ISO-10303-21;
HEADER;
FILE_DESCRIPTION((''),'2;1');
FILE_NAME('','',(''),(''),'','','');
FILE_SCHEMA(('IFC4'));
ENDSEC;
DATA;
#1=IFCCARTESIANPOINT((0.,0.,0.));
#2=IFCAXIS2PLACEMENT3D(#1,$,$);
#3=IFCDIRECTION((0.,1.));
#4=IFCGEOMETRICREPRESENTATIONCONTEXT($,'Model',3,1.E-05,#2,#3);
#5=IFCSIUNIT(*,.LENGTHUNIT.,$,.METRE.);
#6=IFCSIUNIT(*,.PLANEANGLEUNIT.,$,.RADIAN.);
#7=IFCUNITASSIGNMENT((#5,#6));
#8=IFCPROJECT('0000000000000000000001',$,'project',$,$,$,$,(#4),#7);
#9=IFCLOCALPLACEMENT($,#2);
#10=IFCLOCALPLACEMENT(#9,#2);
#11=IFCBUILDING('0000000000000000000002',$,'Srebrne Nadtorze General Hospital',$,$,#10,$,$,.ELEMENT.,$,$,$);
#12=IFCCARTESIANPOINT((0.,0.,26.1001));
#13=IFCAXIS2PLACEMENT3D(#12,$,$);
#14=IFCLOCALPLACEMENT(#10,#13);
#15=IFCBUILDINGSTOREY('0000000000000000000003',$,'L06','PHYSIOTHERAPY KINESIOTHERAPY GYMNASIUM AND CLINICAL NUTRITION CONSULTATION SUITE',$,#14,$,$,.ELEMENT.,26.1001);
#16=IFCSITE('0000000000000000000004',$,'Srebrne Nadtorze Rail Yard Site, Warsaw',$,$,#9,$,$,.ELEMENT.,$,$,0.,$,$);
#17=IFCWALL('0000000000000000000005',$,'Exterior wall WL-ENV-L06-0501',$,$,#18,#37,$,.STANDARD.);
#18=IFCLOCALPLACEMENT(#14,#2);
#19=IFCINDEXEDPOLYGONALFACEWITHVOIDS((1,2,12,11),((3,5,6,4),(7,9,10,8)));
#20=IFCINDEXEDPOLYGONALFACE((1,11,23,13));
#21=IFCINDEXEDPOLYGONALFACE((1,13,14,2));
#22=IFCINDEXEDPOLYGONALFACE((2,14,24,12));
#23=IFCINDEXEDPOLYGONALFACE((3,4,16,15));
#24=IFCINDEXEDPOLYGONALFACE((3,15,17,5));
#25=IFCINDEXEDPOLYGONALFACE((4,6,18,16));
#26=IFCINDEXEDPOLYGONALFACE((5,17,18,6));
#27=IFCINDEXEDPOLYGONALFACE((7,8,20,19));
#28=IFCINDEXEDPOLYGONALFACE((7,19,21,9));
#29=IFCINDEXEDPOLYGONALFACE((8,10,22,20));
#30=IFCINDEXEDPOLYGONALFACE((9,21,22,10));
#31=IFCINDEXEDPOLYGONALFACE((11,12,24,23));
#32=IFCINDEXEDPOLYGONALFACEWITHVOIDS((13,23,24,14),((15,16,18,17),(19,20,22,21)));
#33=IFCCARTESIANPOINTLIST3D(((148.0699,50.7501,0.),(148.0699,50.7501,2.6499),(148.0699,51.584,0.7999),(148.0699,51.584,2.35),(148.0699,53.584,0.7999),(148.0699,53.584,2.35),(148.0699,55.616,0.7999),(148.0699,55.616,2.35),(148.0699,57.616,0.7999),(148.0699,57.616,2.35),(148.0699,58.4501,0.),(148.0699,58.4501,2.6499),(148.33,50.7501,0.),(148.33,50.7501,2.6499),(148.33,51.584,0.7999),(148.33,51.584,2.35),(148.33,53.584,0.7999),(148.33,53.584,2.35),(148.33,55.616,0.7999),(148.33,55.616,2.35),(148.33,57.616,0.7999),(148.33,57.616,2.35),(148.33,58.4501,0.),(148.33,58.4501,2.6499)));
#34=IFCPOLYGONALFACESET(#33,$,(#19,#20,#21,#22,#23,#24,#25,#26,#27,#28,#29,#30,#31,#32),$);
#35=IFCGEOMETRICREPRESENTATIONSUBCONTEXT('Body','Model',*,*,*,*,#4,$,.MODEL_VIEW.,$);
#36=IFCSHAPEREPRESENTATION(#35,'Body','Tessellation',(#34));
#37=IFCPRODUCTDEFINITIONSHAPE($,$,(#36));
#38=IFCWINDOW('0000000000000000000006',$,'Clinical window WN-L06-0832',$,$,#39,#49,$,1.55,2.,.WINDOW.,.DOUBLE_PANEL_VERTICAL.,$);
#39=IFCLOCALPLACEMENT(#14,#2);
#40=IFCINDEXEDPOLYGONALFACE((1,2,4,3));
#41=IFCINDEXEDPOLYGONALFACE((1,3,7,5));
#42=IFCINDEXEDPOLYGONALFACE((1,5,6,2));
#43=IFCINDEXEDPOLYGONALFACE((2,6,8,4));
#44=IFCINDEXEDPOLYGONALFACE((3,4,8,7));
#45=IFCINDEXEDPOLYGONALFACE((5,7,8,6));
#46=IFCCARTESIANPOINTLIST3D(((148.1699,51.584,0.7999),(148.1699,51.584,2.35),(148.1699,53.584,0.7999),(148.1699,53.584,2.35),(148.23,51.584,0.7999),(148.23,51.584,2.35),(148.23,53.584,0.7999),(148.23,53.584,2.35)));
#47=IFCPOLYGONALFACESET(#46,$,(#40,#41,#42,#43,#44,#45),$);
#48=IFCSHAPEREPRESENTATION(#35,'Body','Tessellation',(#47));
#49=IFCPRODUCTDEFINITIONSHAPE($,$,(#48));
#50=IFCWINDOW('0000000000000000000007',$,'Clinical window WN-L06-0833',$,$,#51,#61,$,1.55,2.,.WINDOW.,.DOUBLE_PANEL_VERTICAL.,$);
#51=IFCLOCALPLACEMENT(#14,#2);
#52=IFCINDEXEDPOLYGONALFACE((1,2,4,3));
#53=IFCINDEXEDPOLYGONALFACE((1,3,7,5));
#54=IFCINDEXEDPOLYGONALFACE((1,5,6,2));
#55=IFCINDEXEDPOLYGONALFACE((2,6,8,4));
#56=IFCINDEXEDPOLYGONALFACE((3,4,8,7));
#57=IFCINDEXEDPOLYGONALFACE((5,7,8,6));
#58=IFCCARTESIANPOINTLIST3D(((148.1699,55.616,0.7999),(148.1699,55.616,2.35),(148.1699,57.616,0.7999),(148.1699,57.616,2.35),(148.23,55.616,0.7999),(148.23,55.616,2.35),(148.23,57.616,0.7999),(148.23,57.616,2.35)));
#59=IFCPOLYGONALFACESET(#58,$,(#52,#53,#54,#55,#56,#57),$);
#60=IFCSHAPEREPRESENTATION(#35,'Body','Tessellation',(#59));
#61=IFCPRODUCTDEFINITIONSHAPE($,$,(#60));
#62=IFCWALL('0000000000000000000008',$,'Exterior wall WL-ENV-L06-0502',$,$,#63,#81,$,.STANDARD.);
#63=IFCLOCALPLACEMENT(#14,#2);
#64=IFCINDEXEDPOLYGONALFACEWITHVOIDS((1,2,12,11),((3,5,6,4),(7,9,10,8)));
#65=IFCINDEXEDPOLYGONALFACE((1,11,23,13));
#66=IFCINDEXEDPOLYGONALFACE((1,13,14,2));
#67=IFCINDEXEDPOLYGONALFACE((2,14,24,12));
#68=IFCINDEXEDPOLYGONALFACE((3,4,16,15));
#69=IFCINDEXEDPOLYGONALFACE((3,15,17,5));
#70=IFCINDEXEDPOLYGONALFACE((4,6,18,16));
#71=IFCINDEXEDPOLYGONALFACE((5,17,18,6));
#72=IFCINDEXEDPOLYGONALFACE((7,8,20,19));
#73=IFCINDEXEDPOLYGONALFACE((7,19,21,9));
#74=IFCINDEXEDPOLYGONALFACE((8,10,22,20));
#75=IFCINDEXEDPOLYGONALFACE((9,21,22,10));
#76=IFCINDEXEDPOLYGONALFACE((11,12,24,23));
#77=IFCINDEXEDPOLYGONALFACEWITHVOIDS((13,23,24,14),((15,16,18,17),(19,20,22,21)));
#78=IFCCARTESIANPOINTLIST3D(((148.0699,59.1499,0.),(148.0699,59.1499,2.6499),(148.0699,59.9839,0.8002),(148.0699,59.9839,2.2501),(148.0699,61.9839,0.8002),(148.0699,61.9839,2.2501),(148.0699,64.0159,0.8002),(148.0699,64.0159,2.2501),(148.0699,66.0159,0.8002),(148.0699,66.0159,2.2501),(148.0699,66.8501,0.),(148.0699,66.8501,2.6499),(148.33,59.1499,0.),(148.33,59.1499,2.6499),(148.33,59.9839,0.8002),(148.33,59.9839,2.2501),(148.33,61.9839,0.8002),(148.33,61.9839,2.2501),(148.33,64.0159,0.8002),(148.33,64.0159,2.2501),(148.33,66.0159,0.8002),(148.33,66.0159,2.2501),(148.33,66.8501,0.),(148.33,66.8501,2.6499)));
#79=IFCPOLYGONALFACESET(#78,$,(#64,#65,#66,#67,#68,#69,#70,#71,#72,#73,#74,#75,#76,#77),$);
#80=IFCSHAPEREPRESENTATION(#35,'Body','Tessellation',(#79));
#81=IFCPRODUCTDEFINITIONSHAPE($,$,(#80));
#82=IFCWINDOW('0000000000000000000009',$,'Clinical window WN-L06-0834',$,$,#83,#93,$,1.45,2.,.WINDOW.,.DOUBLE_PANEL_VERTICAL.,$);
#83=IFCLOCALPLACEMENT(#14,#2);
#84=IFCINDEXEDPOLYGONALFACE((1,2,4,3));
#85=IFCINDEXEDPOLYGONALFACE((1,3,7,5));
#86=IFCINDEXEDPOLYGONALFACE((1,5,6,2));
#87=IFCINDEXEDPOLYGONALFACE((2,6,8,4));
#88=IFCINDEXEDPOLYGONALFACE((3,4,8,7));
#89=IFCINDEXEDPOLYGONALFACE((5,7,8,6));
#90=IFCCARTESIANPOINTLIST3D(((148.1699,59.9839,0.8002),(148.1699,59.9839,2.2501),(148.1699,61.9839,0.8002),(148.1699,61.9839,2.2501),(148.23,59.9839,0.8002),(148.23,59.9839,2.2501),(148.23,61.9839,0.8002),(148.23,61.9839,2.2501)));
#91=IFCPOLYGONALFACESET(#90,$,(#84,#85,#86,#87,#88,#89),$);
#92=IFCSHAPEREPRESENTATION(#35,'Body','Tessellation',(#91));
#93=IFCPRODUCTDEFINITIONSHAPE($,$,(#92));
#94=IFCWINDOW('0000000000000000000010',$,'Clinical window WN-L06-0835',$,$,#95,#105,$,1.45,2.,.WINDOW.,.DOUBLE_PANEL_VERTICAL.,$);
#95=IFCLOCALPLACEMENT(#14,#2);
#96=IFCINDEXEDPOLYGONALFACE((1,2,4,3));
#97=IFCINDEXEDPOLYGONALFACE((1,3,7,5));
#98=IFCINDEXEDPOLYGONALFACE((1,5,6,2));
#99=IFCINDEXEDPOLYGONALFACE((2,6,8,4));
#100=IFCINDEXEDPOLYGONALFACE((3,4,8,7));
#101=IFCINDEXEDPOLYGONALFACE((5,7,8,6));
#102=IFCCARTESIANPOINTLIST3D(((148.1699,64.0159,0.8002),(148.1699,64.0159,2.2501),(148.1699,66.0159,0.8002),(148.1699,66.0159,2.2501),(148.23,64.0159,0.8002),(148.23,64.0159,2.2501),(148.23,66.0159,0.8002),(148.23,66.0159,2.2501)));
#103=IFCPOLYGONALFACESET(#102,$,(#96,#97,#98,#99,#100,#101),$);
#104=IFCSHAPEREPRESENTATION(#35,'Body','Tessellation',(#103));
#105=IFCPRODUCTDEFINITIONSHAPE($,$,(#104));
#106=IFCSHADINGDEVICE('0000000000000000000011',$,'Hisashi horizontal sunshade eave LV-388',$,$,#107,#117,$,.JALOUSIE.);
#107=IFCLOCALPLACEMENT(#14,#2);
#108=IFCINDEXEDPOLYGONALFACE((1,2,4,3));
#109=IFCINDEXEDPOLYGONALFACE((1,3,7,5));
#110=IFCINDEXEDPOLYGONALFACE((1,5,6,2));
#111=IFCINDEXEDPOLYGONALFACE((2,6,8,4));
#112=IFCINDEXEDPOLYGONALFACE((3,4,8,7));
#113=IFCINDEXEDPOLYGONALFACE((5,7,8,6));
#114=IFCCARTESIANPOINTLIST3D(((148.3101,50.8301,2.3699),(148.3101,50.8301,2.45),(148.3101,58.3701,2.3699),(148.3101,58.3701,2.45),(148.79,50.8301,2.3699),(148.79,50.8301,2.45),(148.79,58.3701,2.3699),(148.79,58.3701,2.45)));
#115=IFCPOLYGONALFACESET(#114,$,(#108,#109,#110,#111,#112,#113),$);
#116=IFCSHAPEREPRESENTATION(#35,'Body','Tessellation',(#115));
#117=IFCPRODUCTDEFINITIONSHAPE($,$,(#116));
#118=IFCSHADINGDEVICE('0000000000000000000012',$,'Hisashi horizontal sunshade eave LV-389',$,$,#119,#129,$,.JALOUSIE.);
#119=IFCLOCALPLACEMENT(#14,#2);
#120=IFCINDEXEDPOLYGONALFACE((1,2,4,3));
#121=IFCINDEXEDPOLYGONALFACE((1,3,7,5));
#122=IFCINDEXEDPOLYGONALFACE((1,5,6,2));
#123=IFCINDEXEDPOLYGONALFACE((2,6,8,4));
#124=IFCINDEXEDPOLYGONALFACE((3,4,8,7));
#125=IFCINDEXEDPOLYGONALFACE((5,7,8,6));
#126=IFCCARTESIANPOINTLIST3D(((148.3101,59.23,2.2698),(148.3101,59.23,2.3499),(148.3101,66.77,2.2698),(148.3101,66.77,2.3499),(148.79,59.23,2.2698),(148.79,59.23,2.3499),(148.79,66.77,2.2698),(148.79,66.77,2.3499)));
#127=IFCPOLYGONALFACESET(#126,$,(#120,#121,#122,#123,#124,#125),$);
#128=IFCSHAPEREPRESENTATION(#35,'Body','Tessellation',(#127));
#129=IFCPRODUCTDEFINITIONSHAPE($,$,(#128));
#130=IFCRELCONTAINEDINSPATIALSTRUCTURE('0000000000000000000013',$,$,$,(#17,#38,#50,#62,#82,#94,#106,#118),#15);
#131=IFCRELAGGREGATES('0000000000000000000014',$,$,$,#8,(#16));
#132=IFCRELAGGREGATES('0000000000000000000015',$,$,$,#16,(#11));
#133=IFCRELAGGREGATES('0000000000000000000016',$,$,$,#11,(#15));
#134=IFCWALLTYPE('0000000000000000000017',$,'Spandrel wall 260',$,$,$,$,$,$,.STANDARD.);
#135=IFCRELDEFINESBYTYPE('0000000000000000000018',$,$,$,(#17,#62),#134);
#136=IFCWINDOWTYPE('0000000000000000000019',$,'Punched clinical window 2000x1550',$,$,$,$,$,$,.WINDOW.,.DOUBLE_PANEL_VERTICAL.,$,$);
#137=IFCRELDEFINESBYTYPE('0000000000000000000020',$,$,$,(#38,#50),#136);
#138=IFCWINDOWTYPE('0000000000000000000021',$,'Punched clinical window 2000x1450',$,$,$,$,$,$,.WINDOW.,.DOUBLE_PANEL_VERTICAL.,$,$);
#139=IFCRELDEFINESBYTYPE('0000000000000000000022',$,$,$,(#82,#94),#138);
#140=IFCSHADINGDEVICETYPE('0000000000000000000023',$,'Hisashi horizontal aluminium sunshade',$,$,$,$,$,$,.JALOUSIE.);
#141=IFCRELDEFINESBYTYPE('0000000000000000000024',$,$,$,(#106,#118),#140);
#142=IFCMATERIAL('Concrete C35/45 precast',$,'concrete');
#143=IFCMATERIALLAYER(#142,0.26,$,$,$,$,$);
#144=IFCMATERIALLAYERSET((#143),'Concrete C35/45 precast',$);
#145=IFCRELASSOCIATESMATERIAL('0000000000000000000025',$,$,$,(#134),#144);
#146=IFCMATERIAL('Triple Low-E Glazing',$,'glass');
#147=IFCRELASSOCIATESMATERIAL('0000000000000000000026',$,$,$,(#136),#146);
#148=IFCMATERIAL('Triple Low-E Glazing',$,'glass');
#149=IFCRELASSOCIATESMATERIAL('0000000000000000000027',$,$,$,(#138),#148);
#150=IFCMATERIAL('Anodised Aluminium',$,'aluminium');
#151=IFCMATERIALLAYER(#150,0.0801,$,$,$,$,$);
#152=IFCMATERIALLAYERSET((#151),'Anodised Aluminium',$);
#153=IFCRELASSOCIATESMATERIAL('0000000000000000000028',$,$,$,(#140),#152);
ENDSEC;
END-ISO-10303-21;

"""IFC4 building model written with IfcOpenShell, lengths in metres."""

from ifc_helpers import new_model, si_unit, direction, frame, frame_2d, origin, origin_2d, place, context, subcontext, project, spatial, rectangle, extrude, material, layer, layer_set, type_object, element, fill, save


model = new_model("IFC4")

# Units and contexts
model_context = context("Model", 3, precision=1e-05, world=origin(), true_north=direction((0.0, 1.0)))
body_context = subcontext(model_context, "Body", "Model", "MODEL_VIEW")
ifc_project = project(units=[si_unit("LENGTHUNIT", "METRE"), si_unit("PLANEANGLEUNIT", "RADIAN")], contexts=[model_context])

# Site, building, storey
site_placement = place(None, origin())
site = spatial("IfcSite", under=ifc_project, at=site_placement, Name="Srebrne Nadtorze Rail Yard Site, Warsaw", CompositionType="ELEMENT", RefElevation=0.0)
building_placement = place(site_placement, origin())
building = spatial("IfcBuilding", under=site, at=building_placement, Name="Srebrne Nadtorze General Hospital", CompositionType="ELEMENT")
storey_placement = place(building_placement, frame((0.0, 0.0, 26.1001)))
storey = spatial("IfcBuildingStorey", under=building, at=storey_placement, Name="L06", Description="PHYSIOTHERAPY KINESIOTHERAPY GYMNASIUM AND CLINICAL NUTRITION CONSULTATION SUITE", CompositionType="ELEMENT", Elevation=26.1001)

# Walls, openings, windows
ifc_material_1 = material(Name="Concrete C35/45 precast", Category="concrete")
ifc_layer_1 = layer(ifc_material_1, 0.26)
ifc_layer_set_1 = layer_set([ifc_layer_1], Name="Concrete C35/45 precast")
wall_type_1 = type_object("IfcWallType", Name="Spandrel wall 260", PredefinedType="STANDARD", material=ifc_layer_set_1)
wall_1_placement = place(storey_placement, frame((148.2, 50.75, 0.0), z_axis=(0.0, 0.0, 1.0), x_axis=(0.0, 1.0, 0.0)))
wall_1 = element("IfcWall", 1, at=wall_1_placement, inside=storey, type_object=wall_type_1, Name="Exterior wall WL-ENV-L06-0501", PredefinedType="STANDARD", context=body_context, shape_type="SweptSolid", body=[
    extrude(rectangle(XDim=7.7, YDim=0.26, at=frame_2d((3.8501, 0.0))), origin(), (0.0, 0.0, 1.0), 2.6499),
])
opening_1_placement = place(wall_1_placement, frame((0.834, 0.0, 0.8)))
opening_1 = element("IfcOpeningElement", 2, at=opening_1_placement, cuts=wall_1, PredefinedType="OPENING", context=body_context, shape_type="SweptSolid", body=[
    extrude(rectangle(XDim=2.0, YDim=1.55, at=frame_2d((1.0, 0.7749))), frame((0.0, 0.1421, 0.0), z_axis=(0.0, -1.0, 0.0), x_axis=(1.0, 0.0, 0.0)), (0.0, 0.0, 1.0), 0.2839),
])
opening_2_placement = place(wall_1_placement, frame((4.866, 0.0, 0.8)))
opening_2 = element("IfcOpeningElement", 3, at=opening_2_placement, cuts=wall_1, PredefinedType="OPENING", context=body_context, shape_type="SweptSolid", body=[
    extrude(rectangle(XDim=2.0, YDim=1.55, at=frame_2d((1.0, 0.7749))), frame((0.0, 0.1421, 0.0), z_axis=(0.0, -1.0, 0.0), x_axis=(1.0, 0.0, 0.0)), (0.0, 0.0, 1.0), 0.2839),
])
ifc_material_2 = material(Name="Triple Low-E Glazing", Category="glass")
window_type_1 = type_object("IfcWindowType", Name="Punched clinical window 2000x1550", PartitioningType="DOUBLE_PANEL_VERTICAL", PredefinedType="WINDOW", material=ifc_material_2)
window_1_placement = place(opening_1_placement, origin())
window_1 = element("IfcWindow", 4, at=window_1_placement, inside=storey, type_object=window_type_1, Name="Clinical window WN-L06-0832", OverallHeight=1.55, OverallWidth=2.0, PartitioningType="DOUBLE_PANEL_VERTICAL", PredefinedType="WINDOW", context=body_context, shape_type="SweptSolid", body=[
    extrude(rectangle(XDim=2.0, YDim=1.55, at=frame_2d((1.0, 0.7749))), frame((0.0, 0.03, 0.0), z_axis=(0.0, -1.0, 0.0), x_axis=(1.0, 0.0, 0.0)), (0.0, 0.0, 1.0), 0.0601),
])
fill(opening_1, window_1)
window_2_placement = place(opening_2_placement, origin())
window_2 = element("IfcWindow", 5, at=window_2_placement, inside=storey, type_object=window_type_1, Name="Clinical window WN-L06-0833", OverallHeight=1.55, OverallWidth=2.0, PartitioningType="DOUBLE_PANEL_VERTICAL", PredefinedType="WINDOW", context=body_context, shape_type="SweptSolid", body=[
    extrude(rectangle(XDim=2.0, YDim=1.55, at=frame_2d((1.0, 0.7749))), frame((0.0, 0.03, 0.0), z_axis=(0.0, -1.0, 0.0), x_axis=(1.0, 0.0, 0.0)), (0.0, 0.0, 1.0), 0.0601),
])
fill(opening_2, window_2)
wall_2_placement = place(storey_placement, frame((148.2, 59.1499, 0.0), z_axis=(0.0, 0.0, 1.0), x_axis=(0.0, 1.0, 0.0)))
wall_2 = element("IfcWall", 6, at=wall_2_placement, inside=storey, type_object=wall_type_1, Name="Exterior wall WL-ENV-L06-0502", PredefinedType="STANDARD", context=body_context, shape_type="SweptSolid", body=[
    extrude(rectangle(XDim=7.7002, YDim=0.26, at=frame_2d((3.8501, 0.0))), origin(), (0.0, 0.0, 1.0), 2.6499),
])
opening_3_placement = place(wall_2_placement, frame((0.834, 0.0, 0.8)))
opening_3 = element("IfcOpeningElement", 7, at=opening_3_placement, cuts=wall_2, PredefinedType="OPENING", context=body_context, shape_type="SweptSolid", body=[
    extrude(rectangle(XDim=2.0, YDim=1.45, at=frame_2d((1.0, 0.7251))), frame((0.0, 0.1421, 0.0), z_axis=(0.0, -1.0, 0.0), x_axis=(1.0, 0.0, 0.0)), (0.0, 0.0, 1.0), 0.2839),
])
opening_4_placement = place(wall_2_placement, frame((4.866, 0.0, 0.8)))
opening_4 = element("IfcOpeningElement", 8, at=opening_4_placement, cuts=wall_2, PredefinedType="OPENING", context=body_context, shape_type="SweptSolid", body=[
    extrude(rectangle(XDim=2.0, YDim=1.45, at=frame_2d((1.0, 0.7251))), frame((0.0, 0.1421, 0.0), z_axis=(0.0, -1.0, 0.0), x_axis=(1.0, 0.0, 0.0)), (0.0, 0.0, 1.0), 0.2839),
])
ifc_material_3 = material(Name="Triple Low-E Glazing", Category="glass")
window_type_2 = type_object("IfcWindowType", Name="Punched clinical window 2000x1450", PartitioningType="DOUBLE_PANEL_VERTICAL", PredefinedType="WINDOW", material=ifc_material_3)
window_3_placement = place(opening_3_placement, origin())
window_3 = element("IfcWindow", 9, at=window_3_placement, inside=storey, type_object=window_type_2, Name="Clinical window WN-L06-0834", OverallHeight=1.45, OverallWidth=2.0, PartitioningType="DOUBLE_PANEL_VERTICAL", PredefinedType="WINDOW", context=body_context, shape_type="SweptSolid", body=[
    extrude(rectangle(XDim=2.0, YDim=1.45, at=frame_2d((1.0, 0.7251))), frame((0.0, 0.03, 0.0), z_axis=(0.0, -1.0, 0.0), x_axis=(1.0, 0.0, 0.0)), (0.0, 0.0, 1.0), 0.0601),
])
fill(opening_3, window_3)
window_4_placement = place(opening_4_placement, origin())
window_4 = element("IfcWindow", 10, at=window_4_placement, inside=storey, type_object=window_type_2, Name="Clinical window WN-L06-0835", OverallHeight=1.45, OverallWidth=2.0, PartitioningType="DOUBLE_PANEL_VERTICAL", PredefinedType="WINDOW", context=body_context, shape_type="SweptSolid", body=[
    extrude(rectangle(XDim=2.0, YDim=1.45, at=frame_2d((1.0, 0.7251))), frame((0.0, 0.03, 0.0), z_axis=(0.0, -1.0, 0.0), x_axis=(1.0, 0.0, 0.0)), (0.0, 0.0, 1.0), 0.0601),
])
fill(opening_4, window_4)

# Shading devices
ifc_material_4 = material(Name="Anodised Aluminium", Category="aluminium")
ifc_layer_2 = layer(ifc_material_4, 0.0801)
ifc_layer_set_2 = layer_set([ifc_layer_2], Name="Anodised Aluminium")
shading_device_type = type_object("IfcShadingDeviceType", Name="Hisashi horizontal aluminium sunshade", PredefinedType="JALOUSIE", material=ifc_layer_set_2)
for number, where, z_axis, x_axis, name in (
    (11, (148.55, 54.6001, 2.3699), (0.0, 0.0, 1.0), (1.0, 0.0, 0.0), "Hisashi horizontal sunshade eave LV-388"),
    (12, (148.55, 63.0, 2.2698), (0.0, 0.0, 1.0), (1.0, 0.0, 0.0), "Hisashi horizontal sunshade eave LV-389"),
):
    element("IfcShadingDevice", number, at=place(storey_placement, frame(where, z_axis=z_axis, x_axis=x_axis)), inside=storey, type_object=shading_device_type, Name=name, PredefinedType="JALOUSIE", context=body_context, shape_type="SweptSolid", body=[
        extrude(rectangle(XDim=0.48, YDim=7.54, at=origin_2d()), origin(), (0.0, 0.0, 1.0), 0.0801),
    ])

save(model, "model.ifc")
